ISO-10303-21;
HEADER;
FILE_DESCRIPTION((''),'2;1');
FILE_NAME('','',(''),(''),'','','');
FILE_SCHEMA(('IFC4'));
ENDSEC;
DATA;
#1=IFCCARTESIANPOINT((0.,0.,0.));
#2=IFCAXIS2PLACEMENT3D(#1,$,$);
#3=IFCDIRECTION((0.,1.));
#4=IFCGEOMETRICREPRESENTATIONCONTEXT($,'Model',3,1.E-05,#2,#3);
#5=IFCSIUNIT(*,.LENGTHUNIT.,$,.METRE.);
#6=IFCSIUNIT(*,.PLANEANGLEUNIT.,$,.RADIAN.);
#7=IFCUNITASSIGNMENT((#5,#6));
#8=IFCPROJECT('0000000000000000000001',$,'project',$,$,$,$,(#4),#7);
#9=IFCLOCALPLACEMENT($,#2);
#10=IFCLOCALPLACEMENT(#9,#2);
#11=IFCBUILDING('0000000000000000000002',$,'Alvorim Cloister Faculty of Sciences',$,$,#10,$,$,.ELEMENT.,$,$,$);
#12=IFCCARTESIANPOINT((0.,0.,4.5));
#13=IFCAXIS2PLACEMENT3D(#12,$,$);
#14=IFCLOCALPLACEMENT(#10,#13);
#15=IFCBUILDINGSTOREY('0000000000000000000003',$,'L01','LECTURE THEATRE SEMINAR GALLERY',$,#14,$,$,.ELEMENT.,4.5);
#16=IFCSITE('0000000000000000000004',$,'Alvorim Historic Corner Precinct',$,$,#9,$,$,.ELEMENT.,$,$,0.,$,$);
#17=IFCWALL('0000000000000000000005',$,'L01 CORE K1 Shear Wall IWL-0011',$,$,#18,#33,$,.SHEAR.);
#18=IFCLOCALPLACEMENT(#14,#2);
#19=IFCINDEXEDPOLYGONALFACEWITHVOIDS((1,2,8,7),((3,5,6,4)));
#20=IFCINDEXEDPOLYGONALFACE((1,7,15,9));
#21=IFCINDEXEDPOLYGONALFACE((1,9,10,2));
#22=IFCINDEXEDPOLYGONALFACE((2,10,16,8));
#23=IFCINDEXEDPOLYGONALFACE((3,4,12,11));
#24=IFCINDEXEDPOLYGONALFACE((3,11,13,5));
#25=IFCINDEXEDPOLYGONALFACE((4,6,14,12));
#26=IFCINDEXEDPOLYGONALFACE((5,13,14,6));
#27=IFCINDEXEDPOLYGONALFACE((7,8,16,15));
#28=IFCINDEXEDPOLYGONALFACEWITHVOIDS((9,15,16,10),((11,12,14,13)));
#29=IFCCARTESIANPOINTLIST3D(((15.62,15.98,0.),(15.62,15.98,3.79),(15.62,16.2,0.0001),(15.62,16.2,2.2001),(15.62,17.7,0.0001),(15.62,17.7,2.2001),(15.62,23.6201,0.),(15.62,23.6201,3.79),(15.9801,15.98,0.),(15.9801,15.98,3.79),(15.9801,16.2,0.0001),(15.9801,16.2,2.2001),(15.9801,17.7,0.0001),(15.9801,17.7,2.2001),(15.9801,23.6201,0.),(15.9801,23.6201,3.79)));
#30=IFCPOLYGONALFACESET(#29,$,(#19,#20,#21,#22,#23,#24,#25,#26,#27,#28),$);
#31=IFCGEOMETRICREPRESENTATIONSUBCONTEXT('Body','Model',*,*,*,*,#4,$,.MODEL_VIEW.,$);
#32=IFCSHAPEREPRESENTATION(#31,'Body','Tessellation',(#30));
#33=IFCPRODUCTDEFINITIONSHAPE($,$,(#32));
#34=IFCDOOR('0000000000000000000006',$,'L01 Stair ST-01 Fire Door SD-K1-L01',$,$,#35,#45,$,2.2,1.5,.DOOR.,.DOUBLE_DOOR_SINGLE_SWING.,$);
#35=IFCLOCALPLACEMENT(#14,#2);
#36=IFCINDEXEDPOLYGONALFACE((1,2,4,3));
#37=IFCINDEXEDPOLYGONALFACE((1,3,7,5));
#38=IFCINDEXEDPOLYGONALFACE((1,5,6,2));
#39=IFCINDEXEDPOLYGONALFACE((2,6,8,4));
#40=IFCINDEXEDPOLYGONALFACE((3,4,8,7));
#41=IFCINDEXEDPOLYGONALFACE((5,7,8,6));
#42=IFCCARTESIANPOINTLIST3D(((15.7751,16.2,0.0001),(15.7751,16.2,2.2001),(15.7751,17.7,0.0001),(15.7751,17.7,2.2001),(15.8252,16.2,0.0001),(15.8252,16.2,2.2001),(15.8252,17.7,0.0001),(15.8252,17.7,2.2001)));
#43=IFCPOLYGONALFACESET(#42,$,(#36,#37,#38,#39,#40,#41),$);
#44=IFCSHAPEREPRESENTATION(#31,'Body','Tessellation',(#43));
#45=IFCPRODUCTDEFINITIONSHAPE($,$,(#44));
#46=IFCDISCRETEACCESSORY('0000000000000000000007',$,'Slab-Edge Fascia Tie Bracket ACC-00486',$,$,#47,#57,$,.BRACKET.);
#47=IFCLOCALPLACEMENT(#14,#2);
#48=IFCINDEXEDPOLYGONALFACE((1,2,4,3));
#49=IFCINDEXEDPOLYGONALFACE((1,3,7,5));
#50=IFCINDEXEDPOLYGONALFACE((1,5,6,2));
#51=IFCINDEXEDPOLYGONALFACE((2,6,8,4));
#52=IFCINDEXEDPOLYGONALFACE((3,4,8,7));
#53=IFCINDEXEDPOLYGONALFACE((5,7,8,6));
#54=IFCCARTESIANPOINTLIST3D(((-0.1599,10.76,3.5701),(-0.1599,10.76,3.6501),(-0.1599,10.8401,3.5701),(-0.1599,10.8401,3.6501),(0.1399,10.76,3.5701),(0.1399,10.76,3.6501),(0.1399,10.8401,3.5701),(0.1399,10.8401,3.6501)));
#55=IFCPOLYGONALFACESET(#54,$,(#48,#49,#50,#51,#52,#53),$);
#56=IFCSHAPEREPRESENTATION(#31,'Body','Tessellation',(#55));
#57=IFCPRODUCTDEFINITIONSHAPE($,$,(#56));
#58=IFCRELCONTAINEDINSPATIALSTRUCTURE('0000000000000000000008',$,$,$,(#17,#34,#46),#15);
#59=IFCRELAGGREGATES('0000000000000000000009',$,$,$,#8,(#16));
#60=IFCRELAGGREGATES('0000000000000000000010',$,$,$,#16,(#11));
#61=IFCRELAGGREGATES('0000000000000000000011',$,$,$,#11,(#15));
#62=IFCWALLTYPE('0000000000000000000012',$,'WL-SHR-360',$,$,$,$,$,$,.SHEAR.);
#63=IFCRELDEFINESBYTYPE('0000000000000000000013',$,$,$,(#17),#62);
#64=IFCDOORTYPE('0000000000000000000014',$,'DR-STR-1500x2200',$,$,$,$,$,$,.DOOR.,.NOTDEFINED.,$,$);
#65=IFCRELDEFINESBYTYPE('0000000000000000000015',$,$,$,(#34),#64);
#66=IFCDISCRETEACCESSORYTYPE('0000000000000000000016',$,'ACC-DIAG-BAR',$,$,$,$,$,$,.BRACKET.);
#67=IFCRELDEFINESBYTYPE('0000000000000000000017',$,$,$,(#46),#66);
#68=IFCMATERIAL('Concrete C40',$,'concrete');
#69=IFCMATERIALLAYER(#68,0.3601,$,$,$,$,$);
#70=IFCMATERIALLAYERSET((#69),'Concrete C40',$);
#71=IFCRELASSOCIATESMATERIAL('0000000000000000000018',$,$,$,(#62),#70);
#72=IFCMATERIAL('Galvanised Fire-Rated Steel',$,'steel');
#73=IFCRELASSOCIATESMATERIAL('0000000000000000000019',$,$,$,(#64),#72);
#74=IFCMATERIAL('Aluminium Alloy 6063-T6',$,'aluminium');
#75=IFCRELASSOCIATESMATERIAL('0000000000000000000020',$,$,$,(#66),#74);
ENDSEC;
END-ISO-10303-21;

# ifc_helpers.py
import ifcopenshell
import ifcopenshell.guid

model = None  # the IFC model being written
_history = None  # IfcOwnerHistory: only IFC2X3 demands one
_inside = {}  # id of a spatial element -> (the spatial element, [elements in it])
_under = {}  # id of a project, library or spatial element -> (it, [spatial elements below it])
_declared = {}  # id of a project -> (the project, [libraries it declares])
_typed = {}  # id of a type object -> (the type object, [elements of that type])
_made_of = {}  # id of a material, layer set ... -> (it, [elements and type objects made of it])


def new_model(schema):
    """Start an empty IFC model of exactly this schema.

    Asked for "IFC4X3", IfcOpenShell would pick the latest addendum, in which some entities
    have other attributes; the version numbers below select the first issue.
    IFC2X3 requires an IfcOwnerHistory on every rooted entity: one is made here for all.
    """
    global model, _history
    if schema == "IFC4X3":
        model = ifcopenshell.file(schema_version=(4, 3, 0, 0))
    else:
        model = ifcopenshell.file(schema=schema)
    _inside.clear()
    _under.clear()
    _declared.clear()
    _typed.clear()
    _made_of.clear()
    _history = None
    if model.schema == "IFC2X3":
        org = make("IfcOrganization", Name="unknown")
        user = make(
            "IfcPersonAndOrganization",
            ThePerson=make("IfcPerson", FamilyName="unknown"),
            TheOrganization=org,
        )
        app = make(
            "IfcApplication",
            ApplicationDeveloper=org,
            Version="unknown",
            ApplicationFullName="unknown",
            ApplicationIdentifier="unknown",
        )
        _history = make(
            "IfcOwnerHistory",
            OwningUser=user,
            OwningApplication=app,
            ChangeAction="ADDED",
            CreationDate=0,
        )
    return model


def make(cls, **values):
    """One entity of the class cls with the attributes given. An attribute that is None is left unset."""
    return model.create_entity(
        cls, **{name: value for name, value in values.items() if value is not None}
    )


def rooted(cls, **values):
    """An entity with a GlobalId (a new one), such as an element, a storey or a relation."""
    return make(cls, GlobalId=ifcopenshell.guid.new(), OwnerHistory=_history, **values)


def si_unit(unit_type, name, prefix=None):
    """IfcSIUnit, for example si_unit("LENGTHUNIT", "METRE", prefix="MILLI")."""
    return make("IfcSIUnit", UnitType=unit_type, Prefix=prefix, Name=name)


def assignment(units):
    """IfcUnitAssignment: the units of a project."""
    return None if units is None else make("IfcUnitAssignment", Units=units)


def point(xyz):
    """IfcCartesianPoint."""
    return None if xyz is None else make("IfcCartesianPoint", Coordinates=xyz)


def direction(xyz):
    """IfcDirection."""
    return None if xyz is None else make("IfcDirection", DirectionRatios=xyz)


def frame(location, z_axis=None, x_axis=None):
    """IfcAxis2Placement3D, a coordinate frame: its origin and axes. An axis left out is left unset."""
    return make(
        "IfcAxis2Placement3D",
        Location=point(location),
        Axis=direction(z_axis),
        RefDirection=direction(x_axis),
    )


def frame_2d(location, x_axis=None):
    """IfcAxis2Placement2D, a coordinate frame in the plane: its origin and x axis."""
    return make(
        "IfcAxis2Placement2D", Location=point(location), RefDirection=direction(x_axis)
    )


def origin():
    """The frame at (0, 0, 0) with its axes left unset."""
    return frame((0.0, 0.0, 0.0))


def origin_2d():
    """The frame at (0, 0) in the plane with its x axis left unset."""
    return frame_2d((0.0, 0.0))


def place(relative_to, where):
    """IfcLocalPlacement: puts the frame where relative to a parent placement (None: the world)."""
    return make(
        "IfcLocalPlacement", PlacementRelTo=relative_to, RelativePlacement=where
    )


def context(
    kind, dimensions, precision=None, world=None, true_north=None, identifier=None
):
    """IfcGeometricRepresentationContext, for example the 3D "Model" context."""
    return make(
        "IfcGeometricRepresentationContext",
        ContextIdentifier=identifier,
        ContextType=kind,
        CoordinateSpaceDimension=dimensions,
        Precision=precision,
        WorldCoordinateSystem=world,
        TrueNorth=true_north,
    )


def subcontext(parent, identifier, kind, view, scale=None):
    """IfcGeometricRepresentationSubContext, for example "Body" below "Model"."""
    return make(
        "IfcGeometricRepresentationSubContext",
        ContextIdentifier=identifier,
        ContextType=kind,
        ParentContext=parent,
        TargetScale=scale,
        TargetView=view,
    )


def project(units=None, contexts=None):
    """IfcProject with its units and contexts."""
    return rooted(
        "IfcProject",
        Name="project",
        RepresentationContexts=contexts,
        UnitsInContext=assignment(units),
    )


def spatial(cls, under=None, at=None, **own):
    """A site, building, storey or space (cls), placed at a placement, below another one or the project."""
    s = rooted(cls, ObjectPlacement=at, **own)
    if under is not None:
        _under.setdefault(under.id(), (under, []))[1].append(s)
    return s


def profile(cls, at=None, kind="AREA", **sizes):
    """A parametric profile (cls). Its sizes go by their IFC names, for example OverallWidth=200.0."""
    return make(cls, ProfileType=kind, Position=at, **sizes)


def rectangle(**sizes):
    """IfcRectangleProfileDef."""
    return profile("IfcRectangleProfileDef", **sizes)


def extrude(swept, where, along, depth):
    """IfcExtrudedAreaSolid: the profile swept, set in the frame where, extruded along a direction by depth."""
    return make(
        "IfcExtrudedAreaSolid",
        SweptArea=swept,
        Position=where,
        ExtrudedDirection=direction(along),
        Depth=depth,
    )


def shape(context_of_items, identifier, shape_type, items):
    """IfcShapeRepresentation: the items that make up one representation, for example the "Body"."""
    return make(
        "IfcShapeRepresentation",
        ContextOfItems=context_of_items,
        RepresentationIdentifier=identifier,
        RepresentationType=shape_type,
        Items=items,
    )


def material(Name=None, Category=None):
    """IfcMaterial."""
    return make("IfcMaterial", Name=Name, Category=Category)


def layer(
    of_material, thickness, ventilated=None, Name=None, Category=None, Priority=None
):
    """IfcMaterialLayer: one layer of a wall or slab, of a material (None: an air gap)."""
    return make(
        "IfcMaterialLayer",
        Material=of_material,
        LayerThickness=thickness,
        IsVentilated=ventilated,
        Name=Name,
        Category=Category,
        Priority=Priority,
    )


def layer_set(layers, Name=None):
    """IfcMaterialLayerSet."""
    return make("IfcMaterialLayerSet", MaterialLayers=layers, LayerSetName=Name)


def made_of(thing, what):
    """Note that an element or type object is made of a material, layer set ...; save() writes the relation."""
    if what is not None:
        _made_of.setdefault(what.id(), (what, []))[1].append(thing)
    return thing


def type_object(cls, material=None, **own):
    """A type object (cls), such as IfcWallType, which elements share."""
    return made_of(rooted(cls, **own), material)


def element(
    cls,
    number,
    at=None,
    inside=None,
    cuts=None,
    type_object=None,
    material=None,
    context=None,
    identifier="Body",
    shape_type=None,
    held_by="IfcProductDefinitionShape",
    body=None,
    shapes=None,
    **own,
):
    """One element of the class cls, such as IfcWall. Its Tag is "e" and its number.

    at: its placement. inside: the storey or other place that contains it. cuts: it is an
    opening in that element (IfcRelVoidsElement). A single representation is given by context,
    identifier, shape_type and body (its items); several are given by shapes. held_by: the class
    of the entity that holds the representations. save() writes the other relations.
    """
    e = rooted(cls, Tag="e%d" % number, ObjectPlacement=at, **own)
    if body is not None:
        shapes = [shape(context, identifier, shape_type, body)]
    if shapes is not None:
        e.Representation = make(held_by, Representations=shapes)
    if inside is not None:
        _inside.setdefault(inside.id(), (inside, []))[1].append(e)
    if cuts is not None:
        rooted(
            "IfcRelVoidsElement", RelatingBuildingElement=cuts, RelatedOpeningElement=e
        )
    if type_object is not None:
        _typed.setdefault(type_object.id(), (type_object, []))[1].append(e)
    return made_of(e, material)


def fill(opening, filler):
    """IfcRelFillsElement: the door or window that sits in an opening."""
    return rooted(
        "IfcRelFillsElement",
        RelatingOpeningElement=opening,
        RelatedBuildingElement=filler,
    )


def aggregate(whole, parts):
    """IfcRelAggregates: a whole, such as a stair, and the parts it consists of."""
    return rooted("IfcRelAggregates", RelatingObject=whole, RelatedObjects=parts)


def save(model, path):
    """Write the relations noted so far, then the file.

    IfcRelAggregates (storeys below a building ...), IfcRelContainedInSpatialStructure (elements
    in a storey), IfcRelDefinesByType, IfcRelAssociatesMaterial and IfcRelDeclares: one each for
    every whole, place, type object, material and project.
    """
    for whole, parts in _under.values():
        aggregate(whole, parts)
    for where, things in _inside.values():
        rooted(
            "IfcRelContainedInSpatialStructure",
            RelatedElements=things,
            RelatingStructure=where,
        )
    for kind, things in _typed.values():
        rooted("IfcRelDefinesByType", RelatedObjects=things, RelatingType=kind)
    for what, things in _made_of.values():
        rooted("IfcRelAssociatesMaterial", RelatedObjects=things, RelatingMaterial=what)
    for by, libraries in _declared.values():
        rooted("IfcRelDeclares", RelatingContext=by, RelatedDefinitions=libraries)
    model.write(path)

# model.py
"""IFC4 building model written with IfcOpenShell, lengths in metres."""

from ifc_helpers import new_model, si_unit, direction, frame, frame_2d, origin, origin_2d, place, context, subcontext, project, spatial, rectangle, extrude, material, layer, layer_set, type_object, element, fill, save


model = new_model("IFC4")

# Units and contexts
model_context = context("Model", 3, precision=1e-05, world=origin(), true_north=direction((0.0, 1.0)))
body_context = subcontext(model_context, "Body", "Model", "MODEL_VIEW")
ifc_project = project(units=[si_unit("LENGTHUNIT", "METRE"), si_unit("PLANEANGLEUNIT", "RADIAN")], contexts=[model_context])

# Site, building, storey
site_placement = place(None, origin())
site = spatial("IfcSite", under=ifc_project, at=site_placement, Name="Alvorim Historic Corner Precinct", CompositionType="ELEMENT", RefElevation=0.0)
building_placement = place(site_placement, origin())
building = spatial("IfcBuilding", under=site, at=building_placement, Name="Alvorim Cloister Faculty of Sciences", CompositionType="ELEMENT")
storey_placement = place(building_placement, frame((0.0, 0.0, 4.5)))
storey = spatial("IfcBuildingStorey", under=building, at=storey_placement, Name="L01", Description="LECTURE THEATRE SEMINAR GALLERY", CompositionType="ELEMENT", Elevation=4.5)

# Shared definitions
ifc_material_1 = material(Name="Concrete C40", Category="concrete")

# Shared definitions
ifc_material_2 = material(Name="Aluminium Alloy 6063-T6", Category="aluminium")

# Shared definitions
ifc_layer_1 = layer(ifc_material_1, 0.3601)
ifc_layer_set_1 = layer_set([ifc_layer_1], Name="Concrete C40")
wall_type_1 = type_object("IfcWallType", Name="WL-SHR-360", PredefinedType="SHEAR", material=ifc_layer_set_1)

# Wall, opening, door
wall_1_placement = place(storey_placement, frame((15.8, 15.98, 0.0), z_axis=(0.0, 0.0, 1.0), x_axis=(0.0, 1.0, 0.0)))
wall_1 = element("IfcWall", 1, at=wall_1_placement, inside=storey, type_object=wall_type_1, Name="L01 CORE K1 Shear Wall IWL-0011", PredefinedType="SHEAR", context=body_context, shape_type="SweptSolid", body=[
    extrude(rectangle(XDim=7.6401, YDim=0.3601, at=frame_2d((3.8201, 0.0))), origin(), (0.0, 0.0, 1.0), 3.79),
])
opening_1_placement = place(wall_1_placement, frame((0.22, 0.0, 0.0)))
opening_1 = element("IfcOpeningElement", 2, at=opening_1_placement, cuts=wall_1, PredefinedType="OPENING", context=body_context, shape_type="SweptSolid", body=[
    extrude(rectangle(XDim=1.5, YDim=2.2, at=frame_2d((0.75, 1.1001))), frame((0.0, 0.1919, 0.0), z_axis=(0.0, -1.0, 0.0), x_axis=(1.0, 0.0, 0.0)), (0.0, 0.0, 1.0), 0.384),
])
ifc_material_3 = material(Name="Galvanised Fire-Rated Steel", Category="steel")
door_type = type_object("IfcDoorType", Name="DR-STR-1500x2200", OperationType="NOTDEFINED", PredefinedType="DOOR", material=ifc_material_3)
door_placement = place(opening_1_placement, origin())
door = element("IfcDoor", 3, at=door_placement, inside=storey, type_object=door_type, Name="L01 Stair ST-01 Fire Door SD-K1-L01", OperationType="DOUBLE_DOOR_SINGLE_SWING", OverallHeight=2.2, OverallWidth=1.5, PredefinedType="DOOR", context=body_context, shape_type="SweptSolid", body=[
    extrude(rectangle(XDim=1.5, YDim=2.2, at=frame_2d((0.75, 1.1001))), frame((0.0, 0.0249, 0.0), z_axis=(0.0, -1.0, 0.0), x_axis=(1.0, 0.0, 0.0)), (0.0, 0.0, 1.0), 0.05),
])
fill(opening_1, door)

# Discrete accessory
discrete_accessory_type = type_object("IfcDiscreteAccessoryType", Name="ACC-DIAG-BAR", PredefinedType="BRACKET", material=ifc_material_2)
discrete_accessory_placement = place(storey_placement, frame((0.1399, 10.8, 3.6101), z_axis=(-1.0, 0.0, 0.0), x_axis=(0.0, -1.0, 0.0)))
element("IfcDiscreteAccessory", 4, at=discrete_accessory_placement, inside=storey, type_object=discrete_accessory_type, Name="Slab-Edge Fascia Tie Bracket ACC-00486", PredefinedType="BRACKET", context=body_context, shape_type="SweptSolid", body=[
    extrude(rectangle(XDim=0.0801, YDim=0.0801, at=origin_2d()), origin(), (0.0, 0.0, 1.0), 0.2998),
])

save(model, "model.ifc")
